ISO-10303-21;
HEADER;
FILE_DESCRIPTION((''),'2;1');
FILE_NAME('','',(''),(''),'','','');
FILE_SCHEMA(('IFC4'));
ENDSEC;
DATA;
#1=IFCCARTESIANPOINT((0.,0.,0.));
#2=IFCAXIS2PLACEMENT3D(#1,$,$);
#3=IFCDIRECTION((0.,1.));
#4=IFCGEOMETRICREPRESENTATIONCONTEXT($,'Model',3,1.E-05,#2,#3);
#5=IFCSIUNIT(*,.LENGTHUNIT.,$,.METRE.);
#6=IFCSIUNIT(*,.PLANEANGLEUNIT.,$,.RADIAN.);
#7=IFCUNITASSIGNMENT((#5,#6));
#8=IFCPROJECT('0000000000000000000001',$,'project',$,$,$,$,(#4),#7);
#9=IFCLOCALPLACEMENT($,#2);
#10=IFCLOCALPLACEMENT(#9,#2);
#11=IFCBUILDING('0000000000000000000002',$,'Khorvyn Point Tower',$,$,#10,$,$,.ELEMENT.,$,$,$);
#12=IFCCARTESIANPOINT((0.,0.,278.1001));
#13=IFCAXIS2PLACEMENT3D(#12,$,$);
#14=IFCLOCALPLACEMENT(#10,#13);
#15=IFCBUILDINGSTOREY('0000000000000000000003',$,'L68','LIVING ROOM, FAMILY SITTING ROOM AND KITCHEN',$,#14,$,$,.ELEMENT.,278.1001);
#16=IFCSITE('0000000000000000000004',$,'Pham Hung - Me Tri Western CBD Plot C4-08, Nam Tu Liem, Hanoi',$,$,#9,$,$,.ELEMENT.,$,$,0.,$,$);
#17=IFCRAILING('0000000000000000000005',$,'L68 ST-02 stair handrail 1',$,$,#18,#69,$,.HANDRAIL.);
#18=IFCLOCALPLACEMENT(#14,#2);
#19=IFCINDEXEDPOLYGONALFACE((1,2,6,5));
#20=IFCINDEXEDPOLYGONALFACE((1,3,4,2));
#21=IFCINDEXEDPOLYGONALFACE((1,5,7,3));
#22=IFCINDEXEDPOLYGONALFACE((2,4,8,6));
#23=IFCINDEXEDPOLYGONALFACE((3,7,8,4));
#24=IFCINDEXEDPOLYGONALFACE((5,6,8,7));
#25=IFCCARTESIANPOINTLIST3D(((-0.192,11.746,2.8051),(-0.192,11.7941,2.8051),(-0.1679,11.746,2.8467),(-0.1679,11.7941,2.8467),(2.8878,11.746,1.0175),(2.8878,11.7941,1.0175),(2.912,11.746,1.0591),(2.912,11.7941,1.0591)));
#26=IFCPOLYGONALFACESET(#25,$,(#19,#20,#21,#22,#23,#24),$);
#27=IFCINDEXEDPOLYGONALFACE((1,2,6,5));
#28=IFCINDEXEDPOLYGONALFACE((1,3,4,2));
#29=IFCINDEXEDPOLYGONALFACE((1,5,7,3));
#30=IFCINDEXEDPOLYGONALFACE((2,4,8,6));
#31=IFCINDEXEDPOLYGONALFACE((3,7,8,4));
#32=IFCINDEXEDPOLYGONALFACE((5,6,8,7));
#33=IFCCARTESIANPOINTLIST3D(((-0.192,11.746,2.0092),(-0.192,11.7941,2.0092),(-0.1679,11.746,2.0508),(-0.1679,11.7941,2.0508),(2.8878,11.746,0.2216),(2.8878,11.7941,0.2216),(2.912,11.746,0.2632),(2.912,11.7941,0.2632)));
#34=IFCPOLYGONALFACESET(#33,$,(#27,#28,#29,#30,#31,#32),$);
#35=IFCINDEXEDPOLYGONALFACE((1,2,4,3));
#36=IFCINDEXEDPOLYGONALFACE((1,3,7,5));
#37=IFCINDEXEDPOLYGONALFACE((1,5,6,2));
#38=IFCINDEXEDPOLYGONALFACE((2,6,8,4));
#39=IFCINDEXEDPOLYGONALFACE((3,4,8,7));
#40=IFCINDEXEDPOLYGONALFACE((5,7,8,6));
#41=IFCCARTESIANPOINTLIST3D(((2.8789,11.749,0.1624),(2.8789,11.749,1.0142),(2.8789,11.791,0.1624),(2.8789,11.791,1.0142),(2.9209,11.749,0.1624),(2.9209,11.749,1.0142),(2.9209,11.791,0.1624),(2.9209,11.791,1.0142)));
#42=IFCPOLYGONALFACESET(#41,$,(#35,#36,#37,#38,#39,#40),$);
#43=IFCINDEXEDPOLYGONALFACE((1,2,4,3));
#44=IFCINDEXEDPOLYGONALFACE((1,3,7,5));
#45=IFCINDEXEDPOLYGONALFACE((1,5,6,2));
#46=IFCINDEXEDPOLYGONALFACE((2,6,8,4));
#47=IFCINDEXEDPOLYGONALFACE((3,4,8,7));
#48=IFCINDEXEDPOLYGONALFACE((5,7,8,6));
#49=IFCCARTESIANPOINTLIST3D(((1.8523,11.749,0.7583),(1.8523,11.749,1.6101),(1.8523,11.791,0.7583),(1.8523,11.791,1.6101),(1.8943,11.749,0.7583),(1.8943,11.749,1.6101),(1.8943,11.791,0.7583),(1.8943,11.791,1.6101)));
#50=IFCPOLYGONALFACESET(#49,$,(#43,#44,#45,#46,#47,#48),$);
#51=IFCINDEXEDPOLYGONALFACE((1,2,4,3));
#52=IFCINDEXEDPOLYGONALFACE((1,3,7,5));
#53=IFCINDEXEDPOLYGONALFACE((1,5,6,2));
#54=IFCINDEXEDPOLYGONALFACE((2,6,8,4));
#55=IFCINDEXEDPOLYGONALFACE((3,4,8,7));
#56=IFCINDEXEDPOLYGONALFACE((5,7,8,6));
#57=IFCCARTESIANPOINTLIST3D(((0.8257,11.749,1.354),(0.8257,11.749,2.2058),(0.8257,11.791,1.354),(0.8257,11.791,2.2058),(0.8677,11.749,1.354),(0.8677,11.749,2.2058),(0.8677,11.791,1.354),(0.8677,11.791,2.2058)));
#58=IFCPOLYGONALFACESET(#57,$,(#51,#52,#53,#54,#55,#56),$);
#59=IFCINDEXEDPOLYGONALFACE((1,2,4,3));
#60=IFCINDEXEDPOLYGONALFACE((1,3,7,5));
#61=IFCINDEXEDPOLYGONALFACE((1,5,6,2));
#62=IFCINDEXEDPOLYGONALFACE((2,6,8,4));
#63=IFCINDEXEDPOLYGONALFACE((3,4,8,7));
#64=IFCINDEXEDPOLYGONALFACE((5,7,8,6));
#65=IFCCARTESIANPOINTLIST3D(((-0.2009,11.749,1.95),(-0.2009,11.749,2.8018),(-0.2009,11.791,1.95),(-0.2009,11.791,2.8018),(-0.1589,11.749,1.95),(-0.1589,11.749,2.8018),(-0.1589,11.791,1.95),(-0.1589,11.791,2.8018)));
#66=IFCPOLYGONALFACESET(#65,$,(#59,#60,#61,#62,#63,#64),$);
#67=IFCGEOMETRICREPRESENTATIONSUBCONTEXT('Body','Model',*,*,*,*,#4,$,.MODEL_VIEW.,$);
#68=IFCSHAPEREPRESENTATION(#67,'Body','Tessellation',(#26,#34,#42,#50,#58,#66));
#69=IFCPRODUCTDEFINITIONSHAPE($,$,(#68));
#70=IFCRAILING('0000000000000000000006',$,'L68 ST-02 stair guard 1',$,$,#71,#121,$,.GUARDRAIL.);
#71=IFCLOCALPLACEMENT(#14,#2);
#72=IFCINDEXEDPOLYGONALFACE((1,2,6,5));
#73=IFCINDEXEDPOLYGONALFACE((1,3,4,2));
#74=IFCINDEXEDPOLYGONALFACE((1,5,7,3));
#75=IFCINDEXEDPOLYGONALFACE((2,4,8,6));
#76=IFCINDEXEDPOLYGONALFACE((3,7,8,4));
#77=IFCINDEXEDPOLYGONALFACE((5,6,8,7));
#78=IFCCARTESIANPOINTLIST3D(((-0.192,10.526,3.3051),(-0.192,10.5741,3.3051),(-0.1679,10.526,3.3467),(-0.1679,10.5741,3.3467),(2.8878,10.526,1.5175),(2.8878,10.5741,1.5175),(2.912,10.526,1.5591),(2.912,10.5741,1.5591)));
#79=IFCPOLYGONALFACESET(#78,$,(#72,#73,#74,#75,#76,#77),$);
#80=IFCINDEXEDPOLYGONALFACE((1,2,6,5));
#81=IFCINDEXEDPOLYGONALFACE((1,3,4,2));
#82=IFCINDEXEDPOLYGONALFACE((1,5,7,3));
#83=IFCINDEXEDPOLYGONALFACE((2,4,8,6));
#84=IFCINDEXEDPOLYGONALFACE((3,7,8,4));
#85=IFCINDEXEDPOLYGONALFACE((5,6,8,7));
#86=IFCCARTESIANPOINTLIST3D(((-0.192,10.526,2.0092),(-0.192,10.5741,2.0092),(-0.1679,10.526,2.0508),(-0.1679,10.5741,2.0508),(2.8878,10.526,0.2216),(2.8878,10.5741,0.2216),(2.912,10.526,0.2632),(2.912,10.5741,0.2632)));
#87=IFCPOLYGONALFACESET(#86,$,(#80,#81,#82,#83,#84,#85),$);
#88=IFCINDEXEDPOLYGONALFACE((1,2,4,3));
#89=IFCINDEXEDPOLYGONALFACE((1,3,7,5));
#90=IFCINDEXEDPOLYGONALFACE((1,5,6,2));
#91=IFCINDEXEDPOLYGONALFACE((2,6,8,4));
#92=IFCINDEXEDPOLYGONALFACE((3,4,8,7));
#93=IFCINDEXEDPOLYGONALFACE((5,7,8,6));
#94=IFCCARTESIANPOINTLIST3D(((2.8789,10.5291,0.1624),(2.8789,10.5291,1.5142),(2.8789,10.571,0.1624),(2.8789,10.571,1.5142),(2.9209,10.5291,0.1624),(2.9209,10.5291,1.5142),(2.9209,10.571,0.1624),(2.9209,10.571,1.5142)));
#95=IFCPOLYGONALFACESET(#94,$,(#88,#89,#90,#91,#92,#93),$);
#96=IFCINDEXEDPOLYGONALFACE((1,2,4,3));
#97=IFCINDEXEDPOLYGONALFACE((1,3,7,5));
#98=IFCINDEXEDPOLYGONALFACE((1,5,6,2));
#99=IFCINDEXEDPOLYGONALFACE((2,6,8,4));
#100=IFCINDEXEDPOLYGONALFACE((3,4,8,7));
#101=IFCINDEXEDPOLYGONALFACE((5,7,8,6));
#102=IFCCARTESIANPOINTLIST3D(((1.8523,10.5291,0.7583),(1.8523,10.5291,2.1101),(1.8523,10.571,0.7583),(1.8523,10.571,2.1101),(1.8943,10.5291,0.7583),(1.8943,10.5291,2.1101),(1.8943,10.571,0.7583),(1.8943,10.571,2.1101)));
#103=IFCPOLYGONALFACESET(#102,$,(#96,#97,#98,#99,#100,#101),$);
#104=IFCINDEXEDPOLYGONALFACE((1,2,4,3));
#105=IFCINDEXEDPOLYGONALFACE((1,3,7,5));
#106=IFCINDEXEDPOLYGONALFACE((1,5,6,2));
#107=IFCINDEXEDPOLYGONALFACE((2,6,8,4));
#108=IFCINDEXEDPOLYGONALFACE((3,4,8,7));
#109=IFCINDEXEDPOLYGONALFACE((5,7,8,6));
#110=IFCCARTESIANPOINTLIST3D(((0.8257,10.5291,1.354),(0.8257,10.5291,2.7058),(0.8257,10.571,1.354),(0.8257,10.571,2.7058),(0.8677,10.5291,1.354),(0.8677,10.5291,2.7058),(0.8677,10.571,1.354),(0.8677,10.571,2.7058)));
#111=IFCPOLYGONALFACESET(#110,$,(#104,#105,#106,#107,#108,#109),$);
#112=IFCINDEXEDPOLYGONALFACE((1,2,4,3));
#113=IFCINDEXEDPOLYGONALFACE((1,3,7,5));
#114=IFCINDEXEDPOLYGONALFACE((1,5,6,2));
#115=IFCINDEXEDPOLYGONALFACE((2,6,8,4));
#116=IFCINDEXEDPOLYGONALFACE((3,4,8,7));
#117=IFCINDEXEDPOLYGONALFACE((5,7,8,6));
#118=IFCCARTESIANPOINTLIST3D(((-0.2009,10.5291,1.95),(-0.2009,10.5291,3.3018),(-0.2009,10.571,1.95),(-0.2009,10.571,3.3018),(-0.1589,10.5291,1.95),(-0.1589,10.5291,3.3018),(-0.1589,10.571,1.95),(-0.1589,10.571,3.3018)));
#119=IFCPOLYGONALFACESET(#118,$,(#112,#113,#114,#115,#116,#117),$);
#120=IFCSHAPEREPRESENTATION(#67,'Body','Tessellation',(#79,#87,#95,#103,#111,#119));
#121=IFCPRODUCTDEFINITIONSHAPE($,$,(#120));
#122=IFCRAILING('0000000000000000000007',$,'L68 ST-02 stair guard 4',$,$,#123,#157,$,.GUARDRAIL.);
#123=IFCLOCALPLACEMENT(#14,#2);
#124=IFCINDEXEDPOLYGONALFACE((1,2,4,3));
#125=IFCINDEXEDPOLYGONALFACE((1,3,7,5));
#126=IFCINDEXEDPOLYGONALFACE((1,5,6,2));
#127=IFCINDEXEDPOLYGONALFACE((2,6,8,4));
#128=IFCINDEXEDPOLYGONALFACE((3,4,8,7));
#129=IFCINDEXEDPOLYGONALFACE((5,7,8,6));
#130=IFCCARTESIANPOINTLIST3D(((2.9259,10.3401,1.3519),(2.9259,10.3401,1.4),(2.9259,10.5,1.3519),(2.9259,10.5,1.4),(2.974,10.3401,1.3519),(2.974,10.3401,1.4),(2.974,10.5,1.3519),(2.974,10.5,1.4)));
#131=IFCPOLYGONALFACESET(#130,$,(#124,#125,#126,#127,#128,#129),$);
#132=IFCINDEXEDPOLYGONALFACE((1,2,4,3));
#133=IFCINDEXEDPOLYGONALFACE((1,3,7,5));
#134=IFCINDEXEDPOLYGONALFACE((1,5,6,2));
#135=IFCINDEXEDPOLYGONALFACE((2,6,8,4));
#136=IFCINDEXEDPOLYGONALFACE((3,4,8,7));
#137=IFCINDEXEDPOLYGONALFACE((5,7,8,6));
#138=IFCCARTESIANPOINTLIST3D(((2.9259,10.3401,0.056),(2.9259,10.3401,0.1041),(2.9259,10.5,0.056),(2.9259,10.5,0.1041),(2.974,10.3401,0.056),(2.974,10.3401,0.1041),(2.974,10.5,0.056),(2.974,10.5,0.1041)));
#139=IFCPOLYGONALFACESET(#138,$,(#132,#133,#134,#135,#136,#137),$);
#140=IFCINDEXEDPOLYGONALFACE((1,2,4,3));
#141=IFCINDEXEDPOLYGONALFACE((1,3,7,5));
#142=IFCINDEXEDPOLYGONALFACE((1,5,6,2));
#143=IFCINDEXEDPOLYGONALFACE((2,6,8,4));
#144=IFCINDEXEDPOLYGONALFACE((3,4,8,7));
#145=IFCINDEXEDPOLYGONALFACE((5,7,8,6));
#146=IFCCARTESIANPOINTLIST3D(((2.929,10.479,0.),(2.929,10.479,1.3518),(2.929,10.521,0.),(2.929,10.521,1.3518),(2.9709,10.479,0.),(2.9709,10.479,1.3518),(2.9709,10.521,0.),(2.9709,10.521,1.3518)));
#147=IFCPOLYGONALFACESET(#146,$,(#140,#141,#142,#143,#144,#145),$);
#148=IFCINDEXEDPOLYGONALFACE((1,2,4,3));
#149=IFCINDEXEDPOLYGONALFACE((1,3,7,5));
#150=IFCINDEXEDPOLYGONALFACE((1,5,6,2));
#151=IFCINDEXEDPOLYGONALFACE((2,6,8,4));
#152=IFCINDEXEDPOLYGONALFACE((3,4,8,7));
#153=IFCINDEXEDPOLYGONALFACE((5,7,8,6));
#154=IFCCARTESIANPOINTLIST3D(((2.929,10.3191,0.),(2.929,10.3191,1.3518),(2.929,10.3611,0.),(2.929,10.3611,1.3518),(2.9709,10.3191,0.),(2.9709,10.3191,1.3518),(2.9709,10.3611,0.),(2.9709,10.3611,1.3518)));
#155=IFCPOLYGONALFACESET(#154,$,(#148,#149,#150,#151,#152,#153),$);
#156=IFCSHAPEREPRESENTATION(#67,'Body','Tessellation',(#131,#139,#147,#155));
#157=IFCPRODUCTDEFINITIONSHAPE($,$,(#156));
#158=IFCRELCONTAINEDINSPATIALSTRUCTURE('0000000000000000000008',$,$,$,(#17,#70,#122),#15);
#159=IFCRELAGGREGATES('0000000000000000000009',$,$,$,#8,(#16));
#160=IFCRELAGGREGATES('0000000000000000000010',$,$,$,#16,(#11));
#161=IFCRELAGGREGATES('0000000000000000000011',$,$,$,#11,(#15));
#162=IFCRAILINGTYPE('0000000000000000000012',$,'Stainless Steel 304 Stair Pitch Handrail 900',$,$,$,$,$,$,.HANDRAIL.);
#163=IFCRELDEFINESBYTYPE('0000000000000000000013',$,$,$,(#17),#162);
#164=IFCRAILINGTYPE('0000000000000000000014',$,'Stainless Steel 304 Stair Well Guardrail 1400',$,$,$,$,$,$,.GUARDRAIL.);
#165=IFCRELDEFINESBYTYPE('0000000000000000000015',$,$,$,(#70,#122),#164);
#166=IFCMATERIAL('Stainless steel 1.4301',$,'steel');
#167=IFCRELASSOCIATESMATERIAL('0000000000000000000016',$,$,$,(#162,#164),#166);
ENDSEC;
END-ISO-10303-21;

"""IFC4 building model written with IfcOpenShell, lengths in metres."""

from ifc_helpers import new_model, si_unit, direction, frame, origin, origin_2d, place, context, subcontext, project, spatial, rectangle, extrude, material, type_object, element, save


model = new_model("IFC4")

# Units and contexts
model_context = context("Model", 3, precision=1e-05, world=origin(), true_north=direction((0.0, 1.0)))
body_context = subcontext(model_context, "Body", "Model", "MODEL_VIEW")
ifc_project = project(units=[si_unit("LENGTHUNIT", "METRE"), si_unit("PLANEANGLEUNIT", "RADIAN")], contexts=[model_context])

# Site, building, storey
site_placement = place(None, origin())
site = spatial("IfcSite", under=ifc_project, at=site_placement, Name="Pham Hung - Me Tri Western CBD Plot C4-08, Nam Tu Liem, Hanoi", CompositionType="ELEMENT", RefElevation=0.0)
building_placement = place(site_placement, origin())
building = spatial("IfcBuilding", under=site, at=building_placement, Name="Khorvyn Point Tower", CompositionType="ELEMENT")
storey_placement = place(building_placement, frame((0.0, 0.0, 278.1001)))
storey = spatial("IfcBuildingStorey", under=building, at=storey_placement, Name="L68", Description="LIVING ROOM, FAMILY SITTING ROOM AND KITCHEN", CompositionType="ELEMENT", Elevation=278.1001)

# Shared definitions
ifc_material_1 = material(Name="Stainless steel 1.4301", Category="steel")

# Railings
railing_type_1 = type_object("IfcRailingType", Name="Stainless Steel 304 Stair Pitch Handrail 900", PredefinedType="HANDRAIL", material=ifc_material_1)
railing_1_placement = place(storey_placement, frame((2.8999, 11.77, 0.1624)))
element("IfcRailing", 1, at=railing_1_placement, inside=storey, type_object=railing_type_1, Name="L68 ST-02 stair handrail 1", PredefinedType="HANDRAIL", context=body_context, shape_type="SweptSolid", body=[
    extrude(rectangle(XDim=0.0481, YDim=0.0481, at=origin_2d()), frame((0.0, 0.0, 0.876), z_axis=(-0.864873, 0.0, 0.50199), x_axis=(0.0, -1.0, 0.0)), (0.0, 0.0, 1.0), 3.561),
    extrude(rectangle(XDim=0.0481, YDim=0.0481, at=origin_2d()), frame((0.0, 0.0, 0.0801), z_axis=(-0.864873, 0.0, 0.50199), x_axis=(0.0, -1.0, 0.0)), (0.0, 0.0, 1.0), 3.561),
    extrude(rectangle(XDim=0.042, YDim=0.042, at=origin_2d()), origin(), (0.0, 0.0, 1.0), 0.8518),
    extrude(rectangle(XDim=0.042, YDim=0.042, at=origin_2d()), frame((-1.0266, 0.0, 0.5959)), (0.0, 0.0, 1.0), 0.8518),
    extrude(rectangle(XDim=0.042, YDim=0.042, at=origin_2d()), frame((-2.0532, 0.0, 1.1917)), (0.0, 0.0, 1.0), 0.8518),
    extrude(rectangle(XDim=0.042, YDim=0.042, at=origin_2d()), frame((-3.0798, 0.0, 1.7876)), (0.0, 0.0, 1.0), 0.8518),
])
railing_type_2 = type_object("IfcRailingType", Name="Stainless Steel 304 Stair Well Guardrail 1400", PredefinedType="GUARDRAIL", material=ifc_material_1)
railing_2_placement = place(storey_placement, frame((2.8999, 10.55, 0.1624)))
element("IfcRailing", 2, at=railing_2_placement, inside=storey, type_object=railing_type_2, Name="L68 ST-02 stair guard 1", PredefinedType="GUARDRAIL", context=body_context, shape_type="SweptSolid", body=[
    extrude(rectangle(XDim=0.0481, YDim=0.0481, at=origin_2d()), frame((0.0, 0.0, 1.376), z_axis=(-0.864873, 0.0, 0.50199), x_axis=(0.0, -1.0, 0.0)), (0.0, 0.0, 1.0), 3.561),
    extrude(rectangle(XDim=0.0481, YDim=0.0481, at=origin_2d()), frame((0.0, 0.0, 0.0801), z_axis=(-0.864873, 0.0, 0.50199), x_axis=(0.0, -1.0, 0.0)), (0.0, 0.0, 1.0), 3.561),
    extrude(rectangle(XDim=0.042, YDim=0.042, at=origin_2d()), origin(), (0.0, 0.0, 1.0), 1.3518),
    extrude(rectangle(XDim=0.042, YDim=0.042, at=origin_2d()), frame((-1.0266, 0.0, 0.5959)), (0.0, 0.0, 1.0), 1.3518),
    extrude(rectangle(XDim=0.042, YDim=0.042, at=origin_2d()), frame((-2.0532, 0.0, 1.1917)), (0.0, 0.0, 1.0), 1.3518),
    extrude(rectangle(XDim=0.042, YDim=0.042, at=origin_2d()), frame((-3.0798, 0.0, 1.7876)), (0.0, 0.0, 1.0), 1.3518),
])
railing_3_placement = place(storey_placement, frame((2.95, 10.5, 0.0)))
element("IfcRailing", 3, at=railing_3_placement, inside=storey, type_object=railing_type_2, Name="L68 ST-02 stair guard 4", PredefinedType="GUARDRAIL", context=body_context, shape_type="SweptSolid", body=[
    extrude(rectangle(XDim=0.0481, YDim=0.0481, at=origin_2d()), frame((0.0, 0.0, 1.376), z_axis=(0.0, -1.0, 0.0), x_axis=(1.0, 0.0, 0.0)), (0.0, 0.0, 1.0), 0.1599),
    extrude(rectangle(XDim=0.0481, YDim=0.0481, at=origin_2d()), frame((0.0, 0.0, 0.0801), z_axis=(0.0, -1.0, 0.0), x_axis=(1.0, 0.0, 0.0)), (0.0, 0.0, 1.0), 0.1599),
    extrude(rectangle(XDim=0.042, YDim=0.042, at=origin_2d()), origin(), (0.0, 0.0, 1.0), 1.3518),
    extrude(rectangle(XDim=0.042, YDim=0.042, at=origin_2d()), frame((0.0, -0.1599, 0.0)), (0.0, 0.0, 1.0), 1.3518),
])

save(model, "model.ifc")
